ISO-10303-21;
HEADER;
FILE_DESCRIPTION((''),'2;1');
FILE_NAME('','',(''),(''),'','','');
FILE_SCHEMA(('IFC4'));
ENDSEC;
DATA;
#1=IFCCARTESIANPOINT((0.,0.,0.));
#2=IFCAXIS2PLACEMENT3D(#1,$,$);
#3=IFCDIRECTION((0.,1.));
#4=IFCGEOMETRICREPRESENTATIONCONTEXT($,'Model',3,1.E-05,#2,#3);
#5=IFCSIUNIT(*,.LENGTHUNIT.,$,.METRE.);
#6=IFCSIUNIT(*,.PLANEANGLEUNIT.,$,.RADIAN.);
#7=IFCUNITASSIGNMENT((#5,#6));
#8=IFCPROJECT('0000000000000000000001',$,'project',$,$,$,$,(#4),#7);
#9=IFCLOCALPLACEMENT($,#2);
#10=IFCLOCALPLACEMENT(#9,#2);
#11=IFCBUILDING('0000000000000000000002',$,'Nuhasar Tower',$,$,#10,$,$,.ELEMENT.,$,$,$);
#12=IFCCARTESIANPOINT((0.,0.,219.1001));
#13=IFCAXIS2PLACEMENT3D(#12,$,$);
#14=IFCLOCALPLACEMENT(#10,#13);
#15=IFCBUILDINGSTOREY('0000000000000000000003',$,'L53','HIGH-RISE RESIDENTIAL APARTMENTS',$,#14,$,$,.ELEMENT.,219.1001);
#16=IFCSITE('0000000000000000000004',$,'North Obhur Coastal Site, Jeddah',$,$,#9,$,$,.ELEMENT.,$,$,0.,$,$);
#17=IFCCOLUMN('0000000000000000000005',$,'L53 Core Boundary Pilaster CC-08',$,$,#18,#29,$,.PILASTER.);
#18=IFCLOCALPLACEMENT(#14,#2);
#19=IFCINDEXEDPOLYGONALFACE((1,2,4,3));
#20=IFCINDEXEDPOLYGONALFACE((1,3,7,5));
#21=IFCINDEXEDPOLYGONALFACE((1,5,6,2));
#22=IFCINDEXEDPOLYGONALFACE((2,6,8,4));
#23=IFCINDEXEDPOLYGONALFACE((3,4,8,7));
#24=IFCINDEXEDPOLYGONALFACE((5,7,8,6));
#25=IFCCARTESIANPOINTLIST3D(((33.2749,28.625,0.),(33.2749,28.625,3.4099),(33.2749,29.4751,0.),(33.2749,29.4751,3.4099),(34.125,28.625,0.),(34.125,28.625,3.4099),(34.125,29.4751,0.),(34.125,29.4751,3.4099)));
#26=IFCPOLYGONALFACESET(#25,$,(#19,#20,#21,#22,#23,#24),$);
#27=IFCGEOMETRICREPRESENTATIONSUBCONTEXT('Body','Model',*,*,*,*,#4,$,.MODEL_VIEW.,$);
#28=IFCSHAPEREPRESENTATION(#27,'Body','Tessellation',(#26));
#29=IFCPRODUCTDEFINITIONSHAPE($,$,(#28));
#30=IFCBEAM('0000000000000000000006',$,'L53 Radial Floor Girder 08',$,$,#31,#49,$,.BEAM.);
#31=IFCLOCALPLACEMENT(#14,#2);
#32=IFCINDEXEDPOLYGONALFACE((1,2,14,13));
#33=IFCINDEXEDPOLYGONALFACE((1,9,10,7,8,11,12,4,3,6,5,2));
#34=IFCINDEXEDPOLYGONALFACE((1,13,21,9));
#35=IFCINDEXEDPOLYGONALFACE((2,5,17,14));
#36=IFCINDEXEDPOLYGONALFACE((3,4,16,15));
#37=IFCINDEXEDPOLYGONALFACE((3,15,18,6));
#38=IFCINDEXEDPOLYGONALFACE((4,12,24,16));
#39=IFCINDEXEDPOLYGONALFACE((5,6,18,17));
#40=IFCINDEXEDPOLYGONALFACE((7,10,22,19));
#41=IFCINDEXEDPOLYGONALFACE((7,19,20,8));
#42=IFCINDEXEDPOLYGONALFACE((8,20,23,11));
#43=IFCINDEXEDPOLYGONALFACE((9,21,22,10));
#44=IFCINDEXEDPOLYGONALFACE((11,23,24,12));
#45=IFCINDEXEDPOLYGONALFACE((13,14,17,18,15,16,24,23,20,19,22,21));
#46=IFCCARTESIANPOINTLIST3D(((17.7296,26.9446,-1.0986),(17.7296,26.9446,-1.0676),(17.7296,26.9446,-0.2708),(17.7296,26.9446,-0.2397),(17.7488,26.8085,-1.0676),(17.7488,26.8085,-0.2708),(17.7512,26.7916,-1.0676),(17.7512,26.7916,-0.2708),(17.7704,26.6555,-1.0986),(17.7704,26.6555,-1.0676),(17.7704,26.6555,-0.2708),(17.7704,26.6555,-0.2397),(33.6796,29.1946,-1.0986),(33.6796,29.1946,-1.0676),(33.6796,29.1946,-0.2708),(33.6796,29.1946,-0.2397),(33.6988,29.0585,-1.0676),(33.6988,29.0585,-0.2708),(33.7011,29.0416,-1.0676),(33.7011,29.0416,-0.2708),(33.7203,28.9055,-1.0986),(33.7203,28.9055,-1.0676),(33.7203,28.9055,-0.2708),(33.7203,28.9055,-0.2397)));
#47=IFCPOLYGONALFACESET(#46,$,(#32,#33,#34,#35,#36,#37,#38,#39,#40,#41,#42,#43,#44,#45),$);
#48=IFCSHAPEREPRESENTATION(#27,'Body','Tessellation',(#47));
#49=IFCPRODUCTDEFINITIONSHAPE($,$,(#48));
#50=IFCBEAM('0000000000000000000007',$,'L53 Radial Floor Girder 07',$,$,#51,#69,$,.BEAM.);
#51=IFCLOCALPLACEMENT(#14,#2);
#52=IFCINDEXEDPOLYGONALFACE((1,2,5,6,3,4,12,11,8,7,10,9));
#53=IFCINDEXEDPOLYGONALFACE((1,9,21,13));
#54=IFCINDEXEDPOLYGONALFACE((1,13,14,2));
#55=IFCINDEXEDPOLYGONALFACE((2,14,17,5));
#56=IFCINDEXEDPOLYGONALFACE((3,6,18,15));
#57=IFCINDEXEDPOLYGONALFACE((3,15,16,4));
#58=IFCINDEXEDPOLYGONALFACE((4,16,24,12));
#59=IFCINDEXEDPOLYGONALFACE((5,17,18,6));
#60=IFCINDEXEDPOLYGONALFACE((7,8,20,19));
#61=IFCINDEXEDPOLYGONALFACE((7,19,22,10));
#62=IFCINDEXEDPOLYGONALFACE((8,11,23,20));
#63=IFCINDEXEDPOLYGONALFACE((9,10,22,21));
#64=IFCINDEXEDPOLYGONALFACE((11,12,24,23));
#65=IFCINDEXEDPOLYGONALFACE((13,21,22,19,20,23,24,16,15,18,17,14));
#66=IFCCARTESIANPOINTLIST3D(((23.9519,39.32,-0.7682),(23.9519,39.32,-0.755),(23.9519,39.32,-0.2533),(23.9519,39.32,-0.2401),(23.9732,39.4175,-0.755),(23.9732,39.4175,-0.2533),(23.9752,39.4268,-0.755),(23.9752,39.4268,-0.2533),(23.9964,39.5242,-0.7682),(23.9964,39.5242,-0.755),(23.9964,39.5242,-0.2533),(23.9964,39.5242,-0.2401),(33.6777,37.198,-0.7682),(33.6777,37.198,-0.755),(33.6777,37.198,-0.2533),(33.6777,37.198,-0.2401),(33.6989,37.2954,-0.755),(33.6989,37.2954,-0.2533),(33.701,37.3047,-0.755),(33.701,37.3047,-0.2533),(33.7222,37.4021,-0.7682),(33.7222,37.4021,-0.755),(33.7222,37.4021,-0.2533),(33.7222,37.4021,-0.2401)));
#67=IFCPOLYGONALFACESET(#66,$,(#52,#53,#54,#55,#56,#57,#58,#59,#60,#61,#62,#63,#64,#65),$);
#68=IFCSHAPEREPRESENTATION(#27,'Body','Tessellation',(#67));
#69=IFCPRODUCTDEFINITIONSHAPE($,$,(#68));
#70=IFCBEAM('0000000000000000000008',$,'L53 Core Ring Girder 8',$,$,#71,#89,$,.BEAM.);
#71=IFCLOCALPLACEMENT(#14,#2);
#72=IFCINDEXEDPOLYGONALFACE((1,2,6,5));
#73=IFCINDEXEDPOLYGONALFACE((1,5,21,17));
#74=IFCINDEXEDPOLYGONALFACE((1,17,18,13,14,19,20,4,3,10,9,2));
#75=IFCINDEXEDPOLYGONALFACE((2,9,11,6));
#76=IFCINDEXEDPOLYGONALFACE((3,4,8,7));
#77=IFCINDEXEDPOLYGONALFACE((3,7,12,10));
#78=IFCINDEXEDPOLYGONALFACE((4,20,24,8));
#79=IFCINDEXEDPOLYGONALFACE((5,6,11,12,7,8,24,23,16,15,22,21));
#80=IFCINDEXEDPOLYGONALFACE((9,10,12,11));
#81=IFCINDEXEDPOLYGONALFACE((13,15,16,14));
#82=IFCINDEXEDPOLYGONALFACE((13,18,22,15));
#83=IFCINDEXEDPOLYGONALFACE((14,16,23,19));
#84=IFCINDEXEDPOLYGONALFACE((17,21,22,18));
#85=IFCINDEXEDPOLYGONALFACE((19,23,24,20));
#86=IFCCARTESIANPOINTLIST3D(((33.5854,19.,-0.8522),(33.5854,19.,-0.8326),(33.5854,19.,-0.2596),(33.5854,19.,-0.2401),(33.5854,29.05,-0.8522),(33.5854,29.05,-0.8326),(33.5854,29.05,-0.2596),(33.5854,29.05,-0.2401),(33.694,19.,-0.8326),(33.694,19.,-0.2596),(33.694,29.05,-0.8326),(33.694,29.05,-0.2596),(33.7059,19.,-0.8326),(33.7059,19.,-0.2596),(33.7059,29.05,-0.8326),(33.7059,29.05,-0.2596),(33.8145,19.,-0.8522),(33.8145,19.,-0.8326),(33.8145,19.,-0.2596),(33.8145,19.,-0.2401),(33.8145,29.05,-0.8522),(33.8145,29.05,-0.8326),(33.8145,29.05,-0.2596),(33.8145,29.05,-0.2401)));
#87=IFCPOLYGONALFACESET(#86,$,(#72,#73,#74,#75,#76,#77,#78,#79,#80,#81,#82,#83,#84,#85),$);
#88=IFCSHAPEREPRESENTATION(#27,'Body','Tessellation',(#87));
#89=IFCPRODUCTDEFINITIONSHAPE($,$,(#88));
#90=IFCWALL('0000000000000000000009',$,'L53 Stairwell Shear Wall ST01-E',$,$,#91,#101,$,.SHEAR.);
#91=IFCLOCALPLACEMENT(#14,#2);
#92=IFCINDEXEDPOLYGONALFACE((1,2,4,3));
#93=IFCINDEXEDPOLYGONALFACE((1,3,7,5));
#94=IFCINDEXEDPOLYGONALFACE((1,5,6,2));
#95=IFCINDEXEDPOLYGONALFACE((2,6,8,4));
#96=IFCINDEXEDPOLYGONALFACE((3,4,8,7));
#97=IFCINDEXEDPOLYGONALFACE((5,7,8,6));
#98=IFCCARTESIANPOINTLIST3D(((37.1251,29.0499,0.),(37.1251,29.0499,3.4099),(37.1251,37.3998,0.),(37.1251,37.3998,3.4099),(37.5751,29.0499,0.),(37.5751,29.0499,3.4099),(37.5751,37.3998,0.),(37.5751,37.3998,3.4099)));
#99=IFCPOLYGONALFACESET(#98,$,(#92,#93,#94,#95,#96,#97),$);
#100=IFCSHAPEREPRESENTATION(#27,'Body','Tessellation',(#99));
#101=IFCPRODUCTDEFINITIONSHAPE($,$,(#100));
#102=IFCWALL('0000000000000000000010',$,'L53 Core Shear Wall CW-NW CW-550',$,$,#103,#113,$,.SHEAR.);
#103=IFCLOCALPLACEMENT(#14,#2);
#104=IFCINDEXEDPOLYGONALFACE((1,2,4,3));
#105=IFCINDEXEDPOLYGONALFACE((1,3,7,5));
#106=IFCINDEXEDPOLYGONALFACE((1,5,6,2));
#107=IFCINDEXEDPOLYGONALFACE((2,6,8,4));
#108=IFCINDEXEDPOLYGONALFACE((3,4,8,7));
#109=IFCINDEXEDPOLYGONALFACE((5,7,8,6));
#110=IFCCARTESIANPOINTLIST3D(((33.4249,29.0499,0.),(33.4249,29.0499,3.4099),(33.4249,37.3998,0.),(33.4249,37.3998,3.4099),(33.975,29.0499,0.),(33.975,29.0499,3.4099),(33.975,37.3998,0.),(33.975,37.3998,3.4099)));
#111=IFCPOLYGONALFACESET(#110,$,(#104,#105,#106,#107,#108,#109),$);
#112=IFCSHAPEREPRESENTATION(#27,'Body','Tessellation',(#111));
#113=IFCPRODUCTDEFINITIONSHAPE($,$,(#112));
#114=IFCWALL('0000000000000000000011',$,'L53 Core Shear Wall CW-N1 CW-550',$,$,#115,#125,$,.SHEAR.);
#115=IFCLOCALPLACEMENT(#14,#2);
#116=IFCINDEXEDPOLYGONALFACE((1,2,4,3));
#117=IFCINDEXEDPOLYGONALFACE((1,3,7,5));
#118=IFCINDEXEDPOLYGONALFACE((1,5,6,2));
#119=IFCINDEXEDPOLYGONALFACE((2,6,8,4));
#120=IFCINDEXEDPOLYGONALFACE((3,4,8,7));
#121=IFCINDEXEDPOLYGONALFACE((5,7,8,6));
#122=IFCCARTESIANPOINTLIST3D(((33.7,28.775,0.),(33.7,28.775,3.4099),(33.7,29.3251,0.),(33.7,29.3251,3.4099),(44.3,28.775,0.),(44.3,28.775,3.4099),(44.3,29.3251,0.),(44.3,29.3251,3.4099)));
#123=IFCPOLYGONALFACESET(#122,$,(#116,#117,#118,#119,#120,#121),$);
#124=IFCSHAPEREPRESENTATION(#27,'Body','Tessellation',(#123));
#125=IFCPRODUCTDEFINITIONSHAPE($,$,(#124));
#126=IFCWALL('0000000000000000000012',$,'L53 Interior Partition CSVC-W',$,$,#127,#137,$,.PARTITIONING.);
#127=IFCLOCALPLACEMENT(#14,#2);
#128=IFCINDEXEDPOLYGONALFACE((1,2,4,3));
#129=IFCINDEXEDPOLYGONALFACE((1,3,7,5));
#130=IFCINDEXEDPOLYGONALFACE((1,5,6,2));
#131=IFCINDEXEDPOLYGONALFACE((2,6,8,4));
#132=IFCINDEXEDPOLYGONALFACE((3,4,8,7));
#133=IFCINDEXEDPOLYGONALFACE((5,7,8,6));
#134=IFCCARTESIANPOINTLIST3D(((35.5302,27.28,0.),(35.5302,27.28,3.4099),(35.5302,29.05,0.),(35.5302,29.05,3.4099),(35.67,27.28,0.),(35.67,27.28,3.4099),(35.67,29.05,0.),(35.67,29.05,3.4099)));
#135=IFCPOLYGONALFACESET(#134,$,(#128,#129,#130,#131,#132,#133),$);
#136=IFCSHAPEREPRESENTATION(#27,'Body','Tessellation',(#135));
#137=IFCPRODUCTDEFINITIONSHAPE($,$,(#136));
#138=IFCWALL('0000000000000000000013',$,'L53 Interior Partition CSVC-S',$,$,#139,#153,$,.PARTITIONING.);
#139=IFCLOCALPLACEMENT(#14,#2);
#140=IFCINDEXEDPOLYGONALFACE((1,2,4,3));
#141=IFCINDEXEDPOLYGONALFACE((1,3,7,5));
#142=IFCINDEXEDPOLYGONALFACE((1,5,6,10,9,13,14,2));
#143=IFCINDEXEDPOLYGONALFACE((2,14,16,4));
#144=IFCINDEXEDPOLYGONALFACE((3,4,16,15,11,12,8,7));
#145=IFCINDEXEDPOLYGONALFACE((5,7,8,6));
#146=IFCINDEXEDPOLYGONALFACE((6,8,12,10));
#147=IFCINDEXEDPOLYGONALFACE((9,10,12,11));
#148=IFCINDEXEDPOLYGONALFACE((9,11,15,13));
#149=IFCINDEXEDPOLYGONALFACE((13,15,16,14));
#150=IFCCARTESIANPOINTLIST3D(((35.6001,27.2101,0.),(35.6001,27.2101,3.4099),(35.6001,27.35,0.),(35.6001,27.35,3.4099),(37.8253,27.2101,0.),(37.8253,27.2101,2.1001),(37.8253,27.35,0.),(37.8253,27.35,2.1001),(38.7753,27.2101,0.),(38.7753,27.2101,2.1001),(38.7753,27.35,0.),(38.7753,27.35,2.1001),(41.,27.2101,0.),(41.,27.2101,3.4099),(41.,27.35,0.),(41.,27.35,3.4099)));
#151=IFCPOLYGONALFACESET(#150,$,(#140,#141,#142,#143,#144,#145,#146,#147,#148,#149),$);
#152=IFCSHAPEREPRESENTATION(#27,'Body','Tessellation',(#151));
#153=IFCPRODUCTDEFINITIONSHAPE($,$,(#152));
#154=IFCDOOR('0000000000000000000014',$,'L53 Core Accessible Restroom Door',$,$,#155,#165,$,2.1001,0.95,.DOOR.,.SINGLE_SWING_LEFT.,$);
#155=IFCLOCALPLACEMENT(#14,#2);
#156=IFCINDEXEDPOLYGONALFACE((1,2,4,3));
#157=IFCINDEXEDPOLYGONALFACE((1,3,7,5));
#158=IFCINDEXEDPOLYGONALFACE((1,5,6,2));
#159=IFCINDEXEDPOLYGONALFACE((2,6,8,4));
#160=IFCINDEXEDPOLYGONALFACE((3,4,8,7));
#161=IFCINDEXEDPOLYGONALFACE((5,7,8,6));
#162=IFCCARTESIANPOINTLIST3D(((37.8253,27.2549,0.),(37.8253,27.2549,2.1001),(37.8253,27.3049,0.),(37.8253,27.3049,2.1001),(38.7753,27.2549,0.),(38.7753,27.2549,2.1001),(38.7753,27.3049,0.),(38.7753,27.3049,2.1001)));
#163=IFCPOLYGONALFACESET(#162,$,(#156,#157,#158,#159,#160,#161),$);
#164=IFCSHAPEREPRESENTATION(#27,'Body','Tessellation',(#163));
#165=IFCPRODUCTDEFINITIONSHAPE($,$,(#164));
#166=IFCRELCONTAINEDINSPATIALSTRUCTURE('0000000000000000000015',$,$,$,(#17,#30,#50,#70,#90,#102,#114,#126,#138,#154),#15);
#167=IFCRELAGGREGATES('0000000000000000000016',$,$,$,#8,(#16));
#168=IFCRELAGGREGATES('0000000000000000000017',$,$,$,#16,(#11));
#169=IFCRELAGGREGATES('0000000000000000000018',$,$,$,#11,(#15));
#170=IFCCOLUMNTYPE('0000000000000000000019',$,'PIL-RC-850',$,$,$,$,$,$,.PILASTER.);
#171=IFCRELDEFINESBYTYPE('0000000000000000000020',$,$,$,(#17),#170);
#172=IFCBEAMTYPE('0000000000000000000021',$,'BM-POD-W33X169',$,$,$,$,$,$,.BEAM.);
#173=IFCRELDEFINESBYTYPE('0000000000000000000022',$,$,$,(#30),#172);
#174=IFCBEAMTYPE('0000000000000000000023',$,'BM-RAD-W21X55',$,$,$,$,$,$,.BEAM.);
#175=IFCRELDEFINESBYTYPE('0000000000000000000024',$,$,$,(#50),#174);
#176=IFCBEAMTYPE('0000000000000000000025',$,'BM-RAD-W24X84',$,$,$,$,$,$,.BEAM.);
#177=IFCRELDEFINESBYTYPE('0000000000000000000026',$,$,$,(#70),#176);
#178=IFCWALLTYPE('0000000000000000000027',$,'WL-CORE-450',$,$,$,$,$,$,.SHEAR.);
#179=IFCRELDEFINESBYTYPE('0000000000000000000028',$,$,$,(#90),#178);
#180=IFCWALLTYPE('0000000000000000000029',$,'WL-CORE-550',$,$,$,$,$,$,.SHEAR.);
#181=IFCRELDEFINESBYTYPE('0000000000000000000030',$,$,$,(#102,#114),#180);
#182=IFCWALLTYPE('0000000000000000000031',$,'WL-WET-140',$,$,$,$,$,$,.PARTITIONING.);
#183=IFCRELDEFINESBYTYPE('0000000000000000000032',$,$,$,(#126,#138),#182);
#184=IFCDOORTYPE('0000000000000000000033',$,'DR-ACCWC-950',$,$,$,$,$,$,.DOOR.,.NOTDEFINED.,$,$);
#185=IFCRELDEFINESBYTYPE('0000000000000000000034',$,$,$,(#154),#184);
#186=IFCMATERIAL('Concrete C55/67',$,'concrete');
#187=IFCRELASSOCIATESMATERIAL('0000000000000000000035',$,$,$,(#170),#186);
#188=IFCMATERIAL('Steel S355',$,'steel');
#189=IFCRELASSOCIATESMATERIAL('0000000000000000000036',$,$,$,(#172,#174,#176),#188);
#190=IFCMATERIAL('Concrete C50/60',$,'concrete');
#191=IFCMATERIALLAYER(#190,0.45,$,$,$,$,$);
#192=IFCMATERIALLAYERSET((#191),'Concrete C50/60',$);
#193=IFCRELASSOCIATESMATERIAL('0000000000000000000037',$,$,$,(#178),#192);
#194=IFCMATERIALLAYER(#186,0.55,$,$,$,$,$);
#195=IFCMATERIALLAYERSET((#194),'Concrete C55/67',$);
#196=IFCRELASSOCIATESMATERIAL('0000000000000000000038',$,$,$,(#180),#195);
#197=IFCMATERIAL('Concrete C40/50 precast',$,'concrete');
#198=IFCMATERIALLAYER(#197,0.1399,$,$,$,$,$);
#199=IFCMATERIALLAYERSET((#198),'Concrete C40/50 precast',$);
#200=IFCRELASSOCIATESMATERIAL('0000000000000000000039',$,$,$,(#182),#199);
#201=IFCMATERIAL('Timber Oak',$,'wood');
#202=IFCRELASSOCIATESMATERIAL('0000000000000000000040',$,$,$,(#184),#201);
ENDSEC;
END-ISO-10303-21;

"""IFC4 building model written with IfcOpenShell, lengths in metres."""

from ifc_helpers import new_model, si_unit, direction, frame, frame_2d, origin, origin_2d, place, context, subcontext, project, spatial, rectangle, i_section, extrude, material, layer, layer_set, material_profile, profile_set, type_object, element, fill, save


model = new_model("IFC4")

# Units and contexts
model_context = context("Model", 3, precision=1e-05, world=origin(), true_north=direction((0.0, 1.0)))
body_context = subcontext(model_context, "Body", "Model", "MODEL_VIEW")
ifc_project = project(units=[si_unit("LENGTHUNIT", "METRE"), si_unit("PLANEANGLEUNIT", "RADIAN")], contexts=[model_context])

# Site, building, storey
site_placement = place(None, origin())
site = spatial("IfcSite", under=ifc_project, at=site_placement, Name="North Obhur Coastal Site, Jeddah", CompositionType="ELEMENT", RefElevation=0.0)
building_placement = place(site_placement, origin())
building = spatial("IfcBuilding", under=site, at=building_placement, Name="Nuhasar Tower", CompositionType="ELEMENT")
storey_placement = place(building_placement, frame((0.0, 0.0, 219.1001)))
storey = spatial("IfcBuildingStorey", under=building, at=storey_placement, Name="L53", Description="HIGH-RISE RESIDENTIAL APARTMENTS", CompositionType="ELEMENT", Elevation=219.1001)

# Column
ifc_material_1 = material(Name="Concrete C55/67", Category="concrete")
ifc_material_profile_1 = material_profile(ifc_material_1, rectangle(XDim=0.8501, YDim=0.8501, at=origin_2d()), Name="RC850X850")
ifc_profile_set_1 = profile_set([ifc_material_profile_1], Name="Concrete C55/67")
column_type = type_object("IfcColumnType", Name="PIL-RC-850", PredefinedType="PILASTER", material=ifc_profile_set_1)
column_placement = place(storey_placement, frame((33.7, 29.05, 0.0), z_axis=(0.0, 0.0, 1.0), x_axis=(1.0, 0.0, 0.0)))
element("IfcColumn", 1, at=column_placement, inside=storey, type_object=column_type, Name="L53 Core Boundary Pilaster CC-08", PredefinedType="PILASTER", context=body_context, shape_type="SweptSolid", body=[
    extrude(rectangle(XDim=0.8501, YDim=0.8501, at=origin_2d()), origin(), (0.0, 0.0, 1.0), 3.4099),
])

# Beams
ifc_material_2 = material(Name="Steel S355", Category="steel")
ifc_material_profile_2 = material_profile(ifc_material_2, i_section(OverallWidth=0.292, OverallDepth=0.8589, WebThickness=0.0171, FlangeThickness=0.031, at=origin_2d()), Name="W33X169")
ifc_profile_set_2 = profile_set([ifc_material_profile_2], Name="Steel S355")
beam_type_1 = type_object("IfcBeamType", Name="BM-POD-W33X169", PredefinedType="BEAM", material=ifc_profile_set_2)
beam_1_placement = place(storey_placement, frame((33.7, 29.05, -0.6692), z_axis=(-0.990196, -0.139683, 0.0), x_axis=(0.139683, -0.990196, 0.0)))
element("IfcBeam", 2, at=beam_1_placement, inside=storey, type_object=beam_type_1, Name="L53 Radial Floor Girder 08", PredefinedType="BEAM", context=body_context, shape_type="SweptSolid", body=[
    extrude(i_section(OverallWidth=0.292, OverallDepth=0.8589, WebThickness=0.0171, FlangeThickness=0.031, at=origin_2d()), origin(), (0.0, 0.0, 1.0), 16.1079),
])
ifc_material_profile_3 = material_profile(ifc_material_2, i_section(OverallWidth=0.209, OverallDepth=0.5281, WebThickness=0.0095, FlangeThickness=0.0132, at=origin_2d()), Name="W21X55")
ifc_profile_set_3 = profile_set([ifc_material_profile_3], Name="Steel S355")
beam_type_2 = type_object("IfcBeamType", Name="BM-RAD-W21X55", PredefinedType="BEAM", material=ifc_profile_set_3)
beam_2_placement = place(storey_placement, frame((33.7, 37.3, -0.5042), z_axis=(-0.977014, 0.213174, 0.0), x_axis=(-0.213174, -0.977014, 0.0)))
element("IfcBeam", 3, at=beam_2_placement, inside=storey, type_object=beam_type_2, Name="L53 Radial Floor Girder 07", PredefinedType="BEAM", context=body_context, shape_type="SweptSolid", body=[
    extrude(i_section(OverallWidth=0.209, OverallDepth=0.5281, WebThickness=0.0095, FlangeThickness=0.0132, at=origin_2d()), origin(), (0.0, 0.0, 1.0), 9.9546),
])
ifc_material_profile_4 = material_profile(ifc_material_2, i_section(OverallWidth=0.229, OverallDepth=0.6121, WebThickness=0.012, FlangeThickness=0.0195, at=origin_2d()), Name="W24X84")
ifc_profile_set_4 = profile_set([ifc_material_profile_4], Name="Steel S355")
beam_type_3 = type_object("IfcBeamType", Name="BM-RAD-W24X84", PredefinedType="BEAM", material=ifc_profile_set_4)
beam_3_placement = place(storey_placement, frame((33.7, 29.05, -0.5461), z_axis=(0.0, -1.0, 0.0), x_axis=(1.0, 0.0, 0.0)))
element("IfcBeam", 4, at=beam_3_placement, inside=storey, type_object=beam_type_3, Name="L53 Core Ring Girder 8", PredefinedType="BEAM", context=body_context, shape_type="SweptSolid", body=[
    extrude(i_section(OverallWidth=0.229, OverallDepth=0.6121, WebThickness=0.012, FlangeThickness=0.0195, at=origin_2d()), origin(), (0.0, 0.0, 1.0), 10.05),
])

# Walls
ifc_material_3 = material(Name="Concrete C50/60", Category="concrete")
ifc_layer_1 = layer(ifc_material_3, 0.45)
ifc_layer_set_1 = layer_set([ifc_layer_1], Name="Concrete C50/60")
wall_type_1 = type_object("IfcWallType", Name="WL-CORE-450", PredefinedType="SHEAR", material=ifc_layer_set_1)
wall_1_placement = place(storey_placement, frame((37.3501, 29.05, 0.0), z_axis=(0.0, 0.0, 1.0), x_axis=(0.0, 1.0, 0.0)))
element("IfcWall", 5, at=wall_1_placement, inside=storey, type_object=wall_type_1, Name="L53 Stairwell Shear Wall ST01-E", PredefinedType="SHEAR", context=body_context, shape_type="SweptSolid", body=[
    extrude(rectangle(XDim=8.3499, YDim=0.45, at=frame_2d((4.1748, 0.0))), origin(), (0.0, 0.0, 1.0), 3.4099),
])
ifc_layer_2 = layer(ifc_material_1, 0.55)
ifc_layer_set_2 = layer_set([ifc_layer_2], Name="Concrete C55/67")
wall_type_2 = type_object("IfcWallType", Name="WL-CORE-550", PredefinedType="SHEAR", material=ifc_layer_set_2)
wall_2_placement = place(storey_placement, frame((33.7, 29.05, 0.0), z_axis=(0.0, 0.0, 1.0), x_axis=(0.0, 1.0, 0.0)))
element("IfcWall", 6, at=wall_2_placement, inside=storey, type_object=wall_type_2, Name="L53 Core Shear Wall CW-NW CW-550", PredefinedType="SHEAR", context=body_context, shape_type="SweptSolid", body=[
    extrude(rectangle(XDim=8.3499, YDim=0.55, at=frame_2d((4.1748, 0.0))), origin(), (0.0, 0.0, 1.0), 3.4099),
])
wall_3_placement = place(storey_placement, frame((33.7, 29.05, 0.0), z_axis=(0.0, 0.0, 1.0), x_axis=(1.0, 0.0, 0.0)))
element("IfcWall", 7, at=wall_3_placement, inside=storey, type_object=wall_type_2, Name="L53 Core Shear Wall CW-N1 CW-550", PredefinedType="SHEAR", context=body_context, shape_type="SweptSolid", body=[
    extrude(rectangle(XDim=10.6001, YDim=0.55, at=frame_2d((5.3, 0.0))), origin(), (0.0, 0.0, 1.0), 3.4099),
])
ifc_material_4 = material(Name="Concrete C40/50 precast", Category="concrete")
ifc_layer_3 = layer(ifc_material_4, 0.1399)
ifc_layer_set_3 = layer_set([ifc_layer_3], Name="Concrete C40/50 precast")
wall_type_3 = type_object("IfcWallType", Name="WL-WET-140", PredefinedType="PARTITIONING", material=ifc_layer_set_3)
wall_4_placement = place(storey_placement, frame((35.6001, 27.28, 0.0), z_axis=(0.0, 0.0, 1.0), x_axis=(0.0, 1.0, 0.0)))
element("IfcWall", 8, at=wall_4_placement, inside=storey, type_object=wall_type_3, Name="L53 Interior Partition CSVC-W", PredefinedType="PARTITIONING", context=body_context, shape_type="SweptSolid", body=[
    extrude(rectangle(XDim=1.77, YDim=0.1399, at=frame_2d((0.885, 0.0))), origin(), (0.0, 0.0, 1.0), 3.4099),
])

# Wall, opening, door
wall_5_placement = place(storey_placement, frame((35.6001, 27.28, 0.0), z_axis=(0.0, 0.0, 1.0), x_axis=(1.0, 0.0, 0.0)))
wall_5 = element("IfcWall", 9, at=wall_5_placement, inside=storey, type_object=wall_type_3, Name="L53 Interior Partition CSVC-S", PredefinedType="PARTITIONING", context=body_context, shape_type="SweptSolid", body=[
    extrude(rectangle(XDim=5.3999, YDim=0.1399, at=frame_2d((2.7, 0.0))), origin(), (0.0, 0.0, 1.0), 3.4099),
])
opening_1_placement = place(wall_5_placement, frame((2.2251, 0.0, 0.0)))
opening_1 = element("IfcOpeningElement", 10, at=opening_1_placement, cuts=wall_5, PredefinedType="OPENING", context=body_context, shape_type="SweptSolid", body=[
    extrude(rectangle(XDim=0.95, YDim=2.1001, at=frame_2d((0.4751, 1.05))), frame((0.0, 0.0801, 0.0), z_axis=(0.0, -1.0, 0.0), x_axis=(1.0, 0.0, 0.0)), (0.0, 0.0, 1.0), 0.1599),
])
ifc_material_5 = material(Name="Timber Oak", Category="wood")
door_type_1 = type_object("IfcDoorType", Name="DR-ACCWC-950", OperationType="NOTDEFINED", PredefinedType="DOOR", material=ifc_material_5)
door_1_placement = place(opening_1_placement, origin())
door_1 = element("IfcDoor", 11, at=door_1_placement, inside=storey, type_object=door_type_1, Name="L53 Core Accessible Restroom Door", OperationType="SINGLE_SWING_LEFT", OverallHeight=2.1001, OverallWidth=0.95, PredefinedType="DOOR", context=body_context, shape_type="SweptSolid", body=[
    extrude(rectangle(XDim=0.95, YDim=2.1001, at=frame_2d((0.4751, 1.05))), frame((0.0, 0.0249, 0.0), z_axis=(0.0, -1.0, 0.0), x_axis=(1.0, 0.0, 0.0)), (0.0, 0.0, 1.0), 0.05),
])
fill(opening_1, door_1)

save(model, "model.ifc")
